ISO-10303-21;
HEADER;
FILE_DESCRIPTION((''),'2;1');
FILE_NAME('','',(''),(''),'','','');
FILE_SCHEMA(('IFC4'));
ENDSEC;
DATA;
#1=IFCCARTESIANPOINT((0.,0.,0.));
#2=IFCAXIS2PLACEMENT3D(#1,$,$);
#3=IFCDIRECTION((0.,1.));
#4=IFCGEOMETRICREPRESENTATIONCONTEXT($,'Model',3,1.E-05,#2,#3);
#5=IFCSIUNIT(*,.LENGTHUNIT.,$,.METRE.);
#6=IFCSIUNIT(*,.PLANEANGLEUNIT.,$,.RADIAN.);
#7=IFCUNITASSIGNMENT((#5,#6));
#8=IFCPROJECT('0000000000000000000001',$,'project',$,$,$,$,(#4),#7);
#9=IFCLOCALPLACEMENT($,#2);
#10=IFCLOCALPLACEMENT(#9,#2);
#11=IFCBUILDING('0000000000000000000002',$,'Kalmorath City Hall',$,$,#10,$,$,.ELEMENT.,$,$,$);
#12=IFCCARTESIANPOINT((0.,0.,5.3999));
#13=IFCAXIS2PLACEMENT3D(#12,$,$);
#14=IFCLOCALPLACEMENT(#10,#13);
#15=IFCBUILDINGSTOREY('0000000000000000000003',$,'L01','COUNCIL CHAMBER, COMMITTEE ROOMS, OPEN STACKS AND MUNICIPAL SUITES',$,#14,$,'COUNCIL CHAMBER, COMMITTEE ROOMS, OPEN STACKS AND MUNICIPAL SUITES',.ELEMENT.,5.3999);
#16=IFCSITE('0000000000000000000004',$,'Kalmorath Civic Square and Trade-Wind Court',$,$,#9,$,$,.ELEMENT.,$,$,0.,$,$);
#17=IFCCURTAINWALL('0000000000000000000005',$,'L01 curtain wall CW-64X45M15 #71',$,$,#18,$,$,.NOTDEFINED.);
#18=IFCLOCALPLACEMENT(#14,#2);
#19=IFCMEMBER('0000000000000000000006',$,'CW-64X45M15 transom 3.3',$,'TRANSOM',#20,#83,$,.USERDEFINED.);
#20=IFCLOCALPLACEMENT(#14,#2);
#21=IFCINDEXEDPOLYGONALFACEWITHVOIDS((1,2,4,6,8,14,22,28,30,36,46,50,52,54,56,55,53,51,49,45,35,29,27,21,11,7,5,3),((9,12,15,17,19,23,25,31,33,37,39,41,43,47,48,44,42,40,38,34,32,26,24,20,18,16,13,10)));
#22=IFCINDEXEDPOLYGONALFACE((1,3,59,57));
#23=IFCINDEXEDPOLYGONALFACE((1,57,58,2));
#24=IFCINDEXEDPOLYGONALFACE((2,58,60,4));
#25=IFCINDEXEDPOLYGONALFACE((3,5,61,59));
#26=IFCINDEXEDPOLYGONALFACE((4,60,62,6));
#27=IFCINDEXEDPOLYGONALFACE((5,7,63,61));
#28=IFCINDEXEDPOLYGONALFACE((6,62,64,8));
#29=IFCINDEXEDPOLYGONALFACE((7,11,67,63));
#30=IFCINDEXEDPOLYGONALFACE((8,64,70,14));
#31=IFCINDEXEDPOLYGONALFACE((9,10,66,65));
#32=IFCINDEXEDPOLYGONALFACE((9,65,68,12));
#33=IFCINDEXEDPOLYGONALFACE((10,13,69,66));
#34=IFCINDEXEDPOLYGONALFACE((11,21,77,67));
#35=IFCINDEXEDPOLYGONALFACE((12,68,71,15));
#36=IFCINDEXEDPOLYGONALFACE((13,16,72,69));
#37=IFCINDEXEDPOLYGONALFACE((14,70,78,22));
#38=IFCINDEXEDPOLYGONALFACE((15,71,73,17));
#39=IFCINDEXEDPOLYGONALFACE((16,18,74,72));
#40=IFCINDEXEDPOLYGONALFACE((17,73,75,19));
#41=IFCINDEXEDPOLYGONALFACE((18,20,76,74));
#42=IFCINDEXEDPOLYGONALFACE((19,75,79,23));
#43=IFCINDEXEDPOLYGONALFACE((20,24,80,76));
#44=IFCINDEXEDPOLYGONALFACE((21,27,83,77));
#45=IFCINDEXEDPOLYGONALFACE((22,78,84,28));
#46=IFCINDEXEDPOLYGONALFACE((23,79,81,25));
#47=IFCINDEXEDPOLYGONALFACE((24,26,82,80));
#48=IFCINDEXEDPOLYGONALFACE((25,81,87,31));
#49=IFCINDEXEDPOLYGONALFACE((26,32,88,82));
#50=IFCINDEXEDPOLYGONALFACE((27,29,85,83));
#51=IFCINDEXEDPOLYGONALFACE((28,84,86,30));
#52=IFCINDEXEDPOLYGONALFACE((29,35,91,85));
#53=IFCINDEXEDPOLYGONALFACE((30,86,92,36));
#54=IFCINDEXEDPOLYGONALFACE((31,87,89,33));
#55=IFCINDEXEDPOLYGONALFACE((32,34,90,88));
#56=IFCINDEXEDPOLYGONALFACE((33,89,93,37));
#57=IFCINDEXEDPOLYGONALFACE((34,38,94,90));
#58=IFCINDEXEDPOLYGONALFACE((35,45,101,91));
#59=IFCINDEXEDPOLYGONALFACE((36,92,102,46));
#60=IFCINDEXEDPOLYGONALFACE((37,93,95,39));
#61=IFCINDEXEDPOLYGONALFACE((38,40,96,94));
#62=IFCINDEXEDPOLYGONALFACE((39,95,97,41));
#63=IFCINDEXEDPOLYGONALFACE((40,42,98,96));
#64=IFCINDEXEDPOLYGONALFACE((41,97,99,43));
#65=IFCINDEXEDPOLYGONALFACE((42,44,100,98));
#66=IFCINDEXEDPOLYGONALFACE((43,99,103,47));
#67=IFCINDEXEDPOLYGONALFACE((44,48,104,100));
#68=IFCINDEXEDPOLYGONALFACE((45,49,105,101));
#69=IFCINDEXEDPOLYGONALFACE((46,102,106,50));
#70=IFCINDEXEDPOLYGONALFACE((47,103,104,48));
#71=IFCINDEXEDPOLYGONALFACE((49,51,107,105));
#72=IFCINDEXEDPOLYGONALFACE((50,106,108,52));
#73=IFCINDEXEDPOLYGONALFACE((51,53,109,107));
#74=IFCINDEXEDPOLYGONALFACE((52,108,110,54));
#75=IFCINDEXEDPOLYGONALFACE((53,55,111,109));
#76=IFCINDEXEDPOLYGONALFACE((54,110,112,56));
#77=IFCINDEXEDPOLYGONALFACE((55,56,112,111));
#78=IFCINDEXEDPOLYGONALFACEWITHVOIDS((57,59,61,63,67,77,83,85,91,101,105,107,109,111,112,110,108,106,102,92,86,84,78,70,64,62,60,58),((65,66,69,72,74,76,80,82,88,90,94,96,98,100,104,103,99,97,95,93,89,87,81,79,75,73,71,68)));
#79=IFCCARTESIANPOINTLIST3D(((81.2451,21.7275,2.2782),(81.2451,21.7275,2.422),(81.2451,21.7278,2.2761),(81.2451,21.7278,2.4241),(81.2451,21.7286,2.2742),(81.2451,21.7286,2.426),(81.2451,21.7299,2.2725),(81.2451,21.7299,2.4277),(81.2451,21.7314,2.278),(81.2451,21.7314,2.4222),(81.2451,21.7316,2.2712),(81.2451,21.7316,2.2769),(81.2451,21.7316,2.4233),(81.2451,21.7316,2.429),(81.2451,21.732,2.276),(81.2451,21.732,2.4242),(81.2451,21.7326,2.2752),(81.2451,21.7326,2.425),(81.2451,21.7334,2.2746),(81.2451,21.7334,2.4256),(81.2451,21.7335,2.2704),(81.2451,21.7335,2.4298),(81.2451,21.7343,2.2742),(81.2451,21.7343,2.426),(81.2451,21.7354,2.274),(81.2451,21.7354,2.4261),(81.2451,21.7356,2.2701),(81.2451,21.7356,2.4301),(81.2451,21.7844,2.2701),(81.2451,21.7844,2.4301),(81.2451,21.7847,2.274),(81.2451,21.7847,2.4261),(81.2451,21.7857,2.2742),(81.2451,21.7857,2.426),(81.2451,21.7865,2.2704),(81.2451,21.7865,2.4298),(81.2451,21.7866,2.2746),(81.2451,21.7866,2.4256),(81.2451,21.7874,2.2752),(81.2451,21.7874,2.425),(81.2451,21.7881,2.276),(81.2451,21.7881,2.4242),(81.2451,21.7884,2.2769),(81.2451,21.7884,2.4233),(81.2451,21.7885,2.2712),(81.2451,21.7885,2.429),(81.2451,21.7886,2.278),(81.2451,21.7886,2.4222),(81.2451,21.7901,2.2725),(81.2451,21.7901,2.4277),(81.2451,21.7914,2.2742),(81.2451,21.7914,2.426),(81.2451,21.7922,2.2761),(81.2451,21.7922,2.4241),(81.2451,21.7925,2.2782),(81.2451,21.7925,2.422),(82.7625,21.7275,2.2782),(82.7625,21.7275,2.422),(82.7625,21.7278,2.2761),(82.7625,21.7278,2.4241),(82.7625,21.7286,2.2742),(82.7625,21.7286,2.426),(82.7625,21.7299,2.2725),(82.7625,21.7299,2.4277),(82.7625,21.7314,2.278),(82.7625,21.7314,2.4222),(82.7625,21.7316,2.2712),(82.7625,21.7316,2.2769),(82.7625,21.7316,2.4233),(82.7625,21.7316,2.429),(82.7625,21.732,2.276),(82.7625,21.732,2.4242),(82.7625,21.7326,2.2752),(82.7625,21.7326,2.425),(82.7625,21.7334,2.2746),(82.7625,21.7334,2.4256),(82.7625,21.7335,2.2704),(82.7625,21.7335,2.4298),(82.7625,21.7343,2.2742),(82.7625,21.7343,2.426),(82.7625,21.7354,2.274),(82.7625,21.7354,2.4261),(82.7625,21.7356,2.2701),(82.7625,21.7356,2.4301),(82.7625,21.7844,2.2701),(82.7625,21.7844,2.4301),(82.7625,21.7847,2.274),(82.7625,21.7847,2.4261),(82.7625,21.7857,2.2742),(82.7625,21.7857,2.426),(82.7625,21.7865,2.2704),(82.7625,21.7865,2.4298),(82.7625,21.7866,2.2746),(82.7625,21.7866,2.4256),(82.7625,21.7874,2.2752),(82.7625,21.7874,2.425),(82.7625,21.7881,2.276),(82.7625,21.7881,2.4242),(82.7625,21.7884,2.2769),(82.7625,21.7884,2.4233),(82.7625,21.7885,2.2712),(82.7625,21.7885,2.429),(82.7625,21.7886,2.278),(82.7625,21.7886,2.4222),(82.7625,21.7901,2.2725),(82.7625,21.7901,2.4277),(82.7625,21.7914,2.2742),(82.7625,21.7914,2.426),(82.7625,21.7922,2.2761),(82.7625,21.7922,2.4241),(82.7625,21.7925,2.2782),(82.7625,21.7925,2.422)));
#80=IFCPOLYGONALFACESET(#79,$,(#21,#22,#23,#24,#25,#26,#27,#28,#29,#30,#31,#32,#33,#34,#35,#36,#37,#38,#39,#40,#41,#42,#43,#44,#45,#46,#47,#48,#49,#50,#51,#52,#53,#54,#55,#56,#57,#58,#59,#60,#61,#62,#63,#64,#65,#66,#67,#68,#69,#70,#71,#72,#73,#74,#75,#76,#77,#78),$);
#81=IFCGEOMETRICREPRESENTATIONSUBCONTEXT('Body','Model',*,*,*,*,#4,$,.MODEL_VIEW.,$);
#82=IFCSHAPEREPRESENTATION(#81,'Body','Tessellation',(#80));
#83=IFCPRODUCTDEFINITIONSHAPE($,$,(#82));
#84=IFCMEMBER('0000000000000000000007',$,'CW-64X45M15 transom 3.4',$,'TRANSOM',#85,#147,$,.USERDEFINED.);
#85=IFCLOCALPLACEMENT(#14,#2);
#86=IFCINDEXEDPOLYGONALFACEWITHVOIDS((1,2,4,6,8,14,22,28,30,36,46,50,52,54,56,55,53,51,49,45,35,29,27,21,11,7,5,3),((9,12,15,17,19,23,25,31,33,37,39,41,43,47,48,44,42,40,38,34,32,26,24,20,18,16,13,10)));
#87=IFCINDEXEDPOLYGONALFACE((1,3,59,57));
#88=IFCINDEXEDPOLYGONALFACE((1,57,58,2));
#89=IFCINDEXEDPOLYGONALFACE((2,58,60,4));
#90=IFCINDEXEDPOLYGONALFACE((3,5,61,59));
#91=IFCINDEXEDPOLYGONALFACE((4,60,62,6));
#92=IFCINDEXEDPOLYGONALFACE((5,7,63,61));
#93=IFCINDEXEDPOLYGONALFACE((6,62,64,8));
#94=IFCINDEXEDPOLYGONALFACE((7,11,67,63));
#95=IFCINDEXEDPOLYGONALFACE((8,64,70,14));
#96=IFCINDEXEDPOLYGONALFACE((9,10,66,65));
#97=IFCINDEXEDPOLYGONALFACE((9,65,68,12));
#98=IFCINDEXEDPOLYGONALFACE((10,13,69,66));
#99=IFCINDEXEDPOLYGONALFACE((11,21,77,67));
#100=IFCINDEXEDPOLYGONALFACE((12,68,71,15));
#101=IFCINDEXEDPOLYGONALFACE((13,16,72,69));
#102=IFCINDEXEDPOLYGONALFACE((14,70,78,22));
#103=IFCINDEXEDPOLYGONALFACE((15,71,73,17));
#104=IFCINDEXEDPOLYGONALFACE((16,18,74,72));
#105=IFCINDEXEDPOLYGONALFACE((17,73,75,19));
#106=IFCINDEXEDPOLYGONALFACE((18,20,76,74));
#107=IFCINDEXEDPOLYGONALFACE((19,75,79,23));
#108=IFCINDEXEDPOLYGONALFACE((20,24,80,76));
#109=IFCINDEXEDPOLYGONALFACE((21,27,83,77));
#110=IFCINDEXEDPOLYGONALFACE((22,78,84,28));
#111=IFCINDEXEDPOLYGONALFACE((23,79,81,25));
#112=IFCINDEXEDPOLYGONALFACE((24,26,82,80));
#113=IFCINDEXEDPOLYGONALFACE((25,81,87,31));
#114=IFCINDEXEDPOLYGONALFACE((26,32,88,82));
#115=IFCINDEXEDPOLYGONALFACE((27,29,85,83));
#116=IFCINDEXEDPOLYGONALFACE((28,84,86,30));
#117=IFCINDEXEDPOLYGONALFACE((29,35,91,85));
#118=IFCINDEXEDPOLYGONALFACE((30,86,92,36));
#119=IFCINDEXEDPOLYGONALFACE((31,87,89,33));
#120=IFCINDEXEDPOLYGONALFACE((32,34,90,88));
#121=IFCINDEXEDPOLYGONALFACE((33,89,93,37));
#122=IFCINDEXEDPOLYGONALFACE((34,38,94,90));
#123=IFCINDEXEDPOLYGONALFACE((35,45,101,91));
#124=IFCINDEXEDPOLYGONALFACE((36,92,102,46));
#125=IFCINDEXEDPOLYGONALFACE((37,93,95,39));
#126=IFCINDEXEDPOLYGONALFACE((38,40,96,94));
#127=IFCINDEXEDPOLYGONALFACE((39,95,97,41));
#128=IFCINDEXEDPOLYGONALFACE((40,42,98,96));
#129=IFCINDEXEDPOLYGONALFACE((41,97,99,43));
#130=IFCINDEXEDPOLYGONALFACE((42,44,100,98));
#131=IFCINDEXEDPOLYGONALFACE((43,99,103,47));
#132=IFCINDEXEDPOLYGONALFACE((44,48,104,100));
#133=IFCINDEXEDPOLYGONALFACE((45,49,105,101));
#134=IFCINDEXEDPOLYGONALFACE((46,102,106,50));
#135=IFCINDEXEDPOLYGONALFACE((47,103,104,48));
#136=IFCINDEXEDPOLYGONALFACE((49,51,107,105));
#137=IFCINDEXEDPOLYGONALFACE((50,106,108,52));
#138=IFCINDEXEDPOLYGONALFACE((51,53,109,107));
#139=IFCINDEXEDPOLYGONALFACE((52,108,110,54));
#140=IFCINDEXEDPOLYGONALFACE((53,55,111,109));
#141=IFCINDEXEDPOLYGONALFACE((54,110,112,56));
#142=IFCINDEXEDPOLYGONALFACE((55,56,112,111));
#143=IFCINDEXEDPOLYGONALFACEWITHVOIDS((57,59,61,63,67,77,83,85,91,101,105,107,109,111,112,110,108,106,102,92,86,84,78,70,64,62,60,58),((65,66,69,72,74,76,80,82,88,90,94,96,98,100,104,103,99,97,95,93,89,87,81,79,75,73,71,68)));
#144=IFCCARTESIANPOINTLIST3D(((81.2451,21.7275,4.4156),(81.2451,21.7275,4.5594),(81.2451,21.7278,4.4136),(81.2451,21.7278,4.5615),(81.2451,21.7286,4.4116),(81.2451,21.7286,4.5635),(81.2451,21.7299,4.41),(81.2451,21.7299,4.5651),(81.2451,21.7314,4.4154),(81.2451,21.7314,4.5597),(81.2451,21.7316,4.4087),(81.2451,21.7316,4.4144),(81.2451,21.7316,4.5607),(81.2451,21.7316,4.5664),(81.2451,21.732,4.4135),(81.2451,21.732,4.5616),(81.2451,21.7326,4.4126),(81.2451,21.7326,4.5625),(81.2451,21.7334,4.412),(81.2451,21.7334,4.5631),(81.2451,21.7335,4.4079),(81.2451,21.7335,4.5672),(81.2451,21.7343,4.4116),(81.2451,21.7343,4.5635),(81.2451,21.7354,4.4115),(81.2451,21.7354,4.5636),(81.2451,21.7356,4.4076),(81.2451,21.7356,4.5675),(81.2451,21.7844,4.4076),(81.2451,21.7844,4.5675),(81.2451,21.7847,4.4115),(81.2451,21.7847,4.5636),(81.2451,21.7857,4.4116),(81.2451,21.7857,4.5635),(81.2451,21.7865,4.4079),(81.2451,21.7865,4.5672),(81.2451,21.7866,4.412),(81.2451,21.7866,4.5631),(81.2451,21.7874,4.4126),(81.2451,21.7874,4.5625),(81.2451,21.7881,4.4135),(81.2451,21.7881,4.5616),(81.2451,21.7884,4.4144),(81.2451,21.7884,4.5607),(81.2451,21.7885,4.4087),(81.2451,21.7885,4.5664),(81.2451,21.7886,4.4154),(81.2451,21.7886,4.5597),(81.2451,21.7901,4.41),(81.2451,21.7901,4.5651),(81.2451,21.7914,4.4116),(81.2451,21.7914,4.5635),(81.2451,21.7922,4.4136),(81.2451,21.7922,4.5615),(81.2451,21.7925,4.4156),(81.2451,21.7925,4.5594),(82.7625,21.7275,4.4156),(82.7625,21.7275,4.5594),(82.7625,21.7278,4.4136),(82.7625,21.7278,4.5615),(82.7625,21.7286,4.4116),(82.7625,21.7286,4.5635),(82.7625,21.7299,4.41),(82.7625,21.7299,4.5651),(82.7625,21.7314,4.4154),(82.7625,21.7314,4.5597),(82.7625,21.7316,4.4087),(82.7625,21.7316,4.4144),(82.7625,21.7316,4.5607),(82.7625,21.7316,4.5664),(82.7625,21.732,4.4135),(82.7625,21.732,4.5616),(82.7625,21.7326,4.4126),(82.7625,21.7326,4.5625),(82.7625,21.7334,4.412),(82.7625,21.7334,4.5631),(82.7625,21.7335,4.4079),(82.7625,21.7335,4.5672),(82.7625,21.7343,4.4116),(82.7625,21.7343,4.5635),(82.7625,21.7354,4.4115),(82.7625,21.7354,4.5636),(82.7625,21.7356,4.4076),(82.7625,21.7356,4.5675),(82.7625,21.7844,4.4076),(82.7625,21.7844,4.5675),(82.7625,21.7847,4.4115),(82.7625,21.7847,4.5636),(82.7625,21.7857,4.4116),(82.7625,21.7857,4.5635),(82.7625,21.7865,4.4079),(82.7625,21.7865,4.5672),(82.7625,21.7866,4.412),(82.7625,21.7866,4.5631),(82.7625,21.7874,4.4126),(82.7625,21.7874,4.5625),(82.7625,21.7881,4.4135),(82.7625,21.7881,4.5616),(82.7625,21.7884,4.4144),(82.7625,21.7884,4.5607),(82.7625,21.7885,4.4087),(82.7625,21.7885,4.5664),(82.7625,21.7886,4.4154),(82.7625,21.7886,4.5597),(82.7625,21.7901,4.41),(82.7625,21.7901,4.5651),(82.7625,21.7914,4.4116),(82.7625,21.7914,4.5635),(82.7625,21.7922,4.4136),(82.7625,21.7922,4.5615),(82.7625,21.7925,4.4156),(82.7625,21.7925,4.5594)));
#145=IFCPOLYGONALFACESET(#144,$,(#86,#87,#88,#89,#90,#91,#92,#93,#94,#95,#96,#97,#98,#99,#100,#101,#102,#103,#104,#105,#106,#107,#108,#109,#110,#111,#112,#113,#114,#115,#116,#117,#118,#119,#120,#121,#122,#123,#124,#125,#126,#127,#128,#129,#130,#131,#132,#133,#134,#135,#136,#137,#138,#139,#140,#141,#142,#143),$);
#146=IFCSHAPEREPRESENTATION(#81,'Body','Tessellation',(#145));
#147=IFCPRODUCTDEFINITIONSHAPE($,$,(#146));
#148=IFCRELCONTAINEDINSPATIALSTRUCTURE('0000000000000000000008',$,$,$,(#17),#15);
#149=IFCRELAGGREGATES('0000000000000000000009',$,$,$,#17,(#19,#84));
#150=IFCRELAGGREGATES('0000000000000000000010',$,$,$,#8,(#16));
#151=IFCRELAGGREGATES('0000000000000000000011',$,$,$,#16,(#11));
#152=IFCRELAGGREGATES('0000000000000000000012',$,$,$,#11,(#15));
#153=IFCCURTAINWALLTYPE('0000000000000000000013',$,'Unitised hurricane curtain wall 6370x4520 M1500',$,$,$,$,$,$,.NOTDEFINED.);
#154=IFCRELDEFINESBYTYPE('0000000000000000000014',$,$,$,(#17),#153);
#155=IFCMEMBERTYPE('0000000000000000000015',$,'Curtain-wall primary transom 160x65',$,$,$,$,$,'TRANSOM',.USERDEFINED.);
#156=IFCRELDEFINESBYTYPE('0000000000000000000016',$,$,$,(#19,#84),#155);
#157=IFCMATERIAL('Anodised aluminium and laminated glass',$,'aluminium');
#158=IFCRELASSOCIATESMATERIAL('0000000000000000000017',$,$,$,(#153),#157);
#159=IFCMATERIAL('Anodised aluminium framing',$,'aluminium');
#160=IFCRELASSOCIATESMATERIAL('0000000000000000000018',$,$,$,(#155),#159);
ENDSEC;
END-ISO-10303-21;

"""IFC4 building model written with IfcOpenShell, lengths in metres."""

from ifc_helpers import new_model, si_unit, direction, frame, origin, origin_2d, place, context, subcontext, project, spatial, hollow_rectangle, extrude, material, material_profile, profile_set, type_object, element, aggregate, save


model = new_model("IFC4")

# Units and contexts
model_context = context("Model", 3, precision=1e-05, world=origin(), true_north=direction((0.0, 1.0)))
body_context = subcontext(model_context, "Body", "Model", "MODEL_VIEW")
ifc_project = project(units=[si_unit("LENGTHUNIT", "METRE"), si_unit("PLANEANGLEUNIT", "RADIAN")], contexts=[model_context])

# Site, building, storey
site_placement = place(None, origin())
site = spatial("IfcSite", under=ifc_project, at=site_placement, Name="Kalmorath Civic Square and Trade-Wind Court", CompositionType="ELEMENT", RefElevation=0.0)
building_placement = place(site_placement, origin())
building = spatial("IfcBuilding", under=site, at=building_placement, Name="Kalmorath City Hall", CompositionType="ELEMENT")
storey_placement = place(building_placement, frame((0.0, 0.0, 5.3999)))
storey = spatial("IfcBuildingStorey", under=building, at=storey_placement, Name="L01", Description="COUNCIL CHAMBER, COMMITTEE ROOMS, OPEN STACKS AND MUNICIPAL SUITES", LongName="COUNCIL CHAMBER, COMMITTEE ROOMS, OPEN STACKS AND MUNICIPAL SUITES", CompositionType="ELEMENT", Elevation=5.3999)

# Curtain wall, members
ifc_material_1 = material(Name="Anodised aluminium and laminated glass", Category="aluminium")
curtain_wall_type = type_object("IfcCurtainWallType", Name="Unitised hurricane curtain wall 6370x4520 M1500", PredefinedType="NOTDEFINED", material=ifc_material_1)
curtain_wall_placement = place(storey_placement, origin())
curtain_wall = element("IfcCurtainWall", 1, at=curtain_wall_placement, inside=storey, type_object=curtain_wall_type, Name="L01 curtain wall CW-64X45M15 #71", PredefinedType="NOTDEFINED")
ifc_material_2 = material(Name="Anodised aluminium framing", Category="aluminium")
ifc_material_profile_1 = material_profile(ifc_material_2, hollow_rectangle(XDim=0.0649, YDim=0.1599, WallThickness=0.0039, InnerFilletRadius=0.0039, OuterFilletRadius=0.0081, at=origin_2d()), Name="ALU-TRN-160X65X4")
ifc_profile_set_1 = profile_set([ifc_material_profile_1], Name="Anodised aluminium framing")
member_type_1 = type_object("IfcMemberType", Name="Curtain-wall primary transom 160x65", ElementType="TRANSOM", PredefinedType="USERDEFINED", material=ifc_profile_set_1)
member_1_placement = place(storey_placement, frame((82.7625, 21.76, 2.3501), z_axis=(-1.0, 0.0, 0.0), x_axis=(0.0, -1.0, 0.0)))
member_1 = element("IfcMember", 2, at=member_1_placement, type_object=member_type_1, Name="CW-64X45M15 transom 3.3", ObjectType="TRANSOM", PredefinedType="USERDEFINED", context=body_context, shape_type="SweptSolid", body=[
    extrude(hollow_rectangle(XDim=0.0649, YDim=0.1599, WallThickness=0.0039, InnerFilletRadius=0.0039, OuterFilletRadius=0.0081, at=origin_2d()), origin(), (0.0, 0.0, 1.0), 1.5173),
])
member_2_placement = place(storey_placement, frame((82.7625, 21.76, 4.4875), z_axis=(-1.0, 0.0, 0.0), x_axis=(0.0, -1.0, 0.0)))
member_2 = element("IfcMember", 3, at=member_2_placement, type_object=member_type_1, Name="CW-64X45M15 transom 3.4", ObjectType="TRANSOM", PredefinedType="USERDEFINED", context=body_context, shape_type="SweptSolid", body=[
    extrude(hollow_rectangle(XDim=0.0649, YDim=0.1599, WallThickness=0.0039, InnerFilletRadius=0.0039, OuterFilletRadius=0.0081, at=origin_2d()), origin(), (0.0, 0.0, 1.0), 1.5173),
])

aggregate(curtain_wall, [member_1, member_2])

save(model, "model.ifc")
